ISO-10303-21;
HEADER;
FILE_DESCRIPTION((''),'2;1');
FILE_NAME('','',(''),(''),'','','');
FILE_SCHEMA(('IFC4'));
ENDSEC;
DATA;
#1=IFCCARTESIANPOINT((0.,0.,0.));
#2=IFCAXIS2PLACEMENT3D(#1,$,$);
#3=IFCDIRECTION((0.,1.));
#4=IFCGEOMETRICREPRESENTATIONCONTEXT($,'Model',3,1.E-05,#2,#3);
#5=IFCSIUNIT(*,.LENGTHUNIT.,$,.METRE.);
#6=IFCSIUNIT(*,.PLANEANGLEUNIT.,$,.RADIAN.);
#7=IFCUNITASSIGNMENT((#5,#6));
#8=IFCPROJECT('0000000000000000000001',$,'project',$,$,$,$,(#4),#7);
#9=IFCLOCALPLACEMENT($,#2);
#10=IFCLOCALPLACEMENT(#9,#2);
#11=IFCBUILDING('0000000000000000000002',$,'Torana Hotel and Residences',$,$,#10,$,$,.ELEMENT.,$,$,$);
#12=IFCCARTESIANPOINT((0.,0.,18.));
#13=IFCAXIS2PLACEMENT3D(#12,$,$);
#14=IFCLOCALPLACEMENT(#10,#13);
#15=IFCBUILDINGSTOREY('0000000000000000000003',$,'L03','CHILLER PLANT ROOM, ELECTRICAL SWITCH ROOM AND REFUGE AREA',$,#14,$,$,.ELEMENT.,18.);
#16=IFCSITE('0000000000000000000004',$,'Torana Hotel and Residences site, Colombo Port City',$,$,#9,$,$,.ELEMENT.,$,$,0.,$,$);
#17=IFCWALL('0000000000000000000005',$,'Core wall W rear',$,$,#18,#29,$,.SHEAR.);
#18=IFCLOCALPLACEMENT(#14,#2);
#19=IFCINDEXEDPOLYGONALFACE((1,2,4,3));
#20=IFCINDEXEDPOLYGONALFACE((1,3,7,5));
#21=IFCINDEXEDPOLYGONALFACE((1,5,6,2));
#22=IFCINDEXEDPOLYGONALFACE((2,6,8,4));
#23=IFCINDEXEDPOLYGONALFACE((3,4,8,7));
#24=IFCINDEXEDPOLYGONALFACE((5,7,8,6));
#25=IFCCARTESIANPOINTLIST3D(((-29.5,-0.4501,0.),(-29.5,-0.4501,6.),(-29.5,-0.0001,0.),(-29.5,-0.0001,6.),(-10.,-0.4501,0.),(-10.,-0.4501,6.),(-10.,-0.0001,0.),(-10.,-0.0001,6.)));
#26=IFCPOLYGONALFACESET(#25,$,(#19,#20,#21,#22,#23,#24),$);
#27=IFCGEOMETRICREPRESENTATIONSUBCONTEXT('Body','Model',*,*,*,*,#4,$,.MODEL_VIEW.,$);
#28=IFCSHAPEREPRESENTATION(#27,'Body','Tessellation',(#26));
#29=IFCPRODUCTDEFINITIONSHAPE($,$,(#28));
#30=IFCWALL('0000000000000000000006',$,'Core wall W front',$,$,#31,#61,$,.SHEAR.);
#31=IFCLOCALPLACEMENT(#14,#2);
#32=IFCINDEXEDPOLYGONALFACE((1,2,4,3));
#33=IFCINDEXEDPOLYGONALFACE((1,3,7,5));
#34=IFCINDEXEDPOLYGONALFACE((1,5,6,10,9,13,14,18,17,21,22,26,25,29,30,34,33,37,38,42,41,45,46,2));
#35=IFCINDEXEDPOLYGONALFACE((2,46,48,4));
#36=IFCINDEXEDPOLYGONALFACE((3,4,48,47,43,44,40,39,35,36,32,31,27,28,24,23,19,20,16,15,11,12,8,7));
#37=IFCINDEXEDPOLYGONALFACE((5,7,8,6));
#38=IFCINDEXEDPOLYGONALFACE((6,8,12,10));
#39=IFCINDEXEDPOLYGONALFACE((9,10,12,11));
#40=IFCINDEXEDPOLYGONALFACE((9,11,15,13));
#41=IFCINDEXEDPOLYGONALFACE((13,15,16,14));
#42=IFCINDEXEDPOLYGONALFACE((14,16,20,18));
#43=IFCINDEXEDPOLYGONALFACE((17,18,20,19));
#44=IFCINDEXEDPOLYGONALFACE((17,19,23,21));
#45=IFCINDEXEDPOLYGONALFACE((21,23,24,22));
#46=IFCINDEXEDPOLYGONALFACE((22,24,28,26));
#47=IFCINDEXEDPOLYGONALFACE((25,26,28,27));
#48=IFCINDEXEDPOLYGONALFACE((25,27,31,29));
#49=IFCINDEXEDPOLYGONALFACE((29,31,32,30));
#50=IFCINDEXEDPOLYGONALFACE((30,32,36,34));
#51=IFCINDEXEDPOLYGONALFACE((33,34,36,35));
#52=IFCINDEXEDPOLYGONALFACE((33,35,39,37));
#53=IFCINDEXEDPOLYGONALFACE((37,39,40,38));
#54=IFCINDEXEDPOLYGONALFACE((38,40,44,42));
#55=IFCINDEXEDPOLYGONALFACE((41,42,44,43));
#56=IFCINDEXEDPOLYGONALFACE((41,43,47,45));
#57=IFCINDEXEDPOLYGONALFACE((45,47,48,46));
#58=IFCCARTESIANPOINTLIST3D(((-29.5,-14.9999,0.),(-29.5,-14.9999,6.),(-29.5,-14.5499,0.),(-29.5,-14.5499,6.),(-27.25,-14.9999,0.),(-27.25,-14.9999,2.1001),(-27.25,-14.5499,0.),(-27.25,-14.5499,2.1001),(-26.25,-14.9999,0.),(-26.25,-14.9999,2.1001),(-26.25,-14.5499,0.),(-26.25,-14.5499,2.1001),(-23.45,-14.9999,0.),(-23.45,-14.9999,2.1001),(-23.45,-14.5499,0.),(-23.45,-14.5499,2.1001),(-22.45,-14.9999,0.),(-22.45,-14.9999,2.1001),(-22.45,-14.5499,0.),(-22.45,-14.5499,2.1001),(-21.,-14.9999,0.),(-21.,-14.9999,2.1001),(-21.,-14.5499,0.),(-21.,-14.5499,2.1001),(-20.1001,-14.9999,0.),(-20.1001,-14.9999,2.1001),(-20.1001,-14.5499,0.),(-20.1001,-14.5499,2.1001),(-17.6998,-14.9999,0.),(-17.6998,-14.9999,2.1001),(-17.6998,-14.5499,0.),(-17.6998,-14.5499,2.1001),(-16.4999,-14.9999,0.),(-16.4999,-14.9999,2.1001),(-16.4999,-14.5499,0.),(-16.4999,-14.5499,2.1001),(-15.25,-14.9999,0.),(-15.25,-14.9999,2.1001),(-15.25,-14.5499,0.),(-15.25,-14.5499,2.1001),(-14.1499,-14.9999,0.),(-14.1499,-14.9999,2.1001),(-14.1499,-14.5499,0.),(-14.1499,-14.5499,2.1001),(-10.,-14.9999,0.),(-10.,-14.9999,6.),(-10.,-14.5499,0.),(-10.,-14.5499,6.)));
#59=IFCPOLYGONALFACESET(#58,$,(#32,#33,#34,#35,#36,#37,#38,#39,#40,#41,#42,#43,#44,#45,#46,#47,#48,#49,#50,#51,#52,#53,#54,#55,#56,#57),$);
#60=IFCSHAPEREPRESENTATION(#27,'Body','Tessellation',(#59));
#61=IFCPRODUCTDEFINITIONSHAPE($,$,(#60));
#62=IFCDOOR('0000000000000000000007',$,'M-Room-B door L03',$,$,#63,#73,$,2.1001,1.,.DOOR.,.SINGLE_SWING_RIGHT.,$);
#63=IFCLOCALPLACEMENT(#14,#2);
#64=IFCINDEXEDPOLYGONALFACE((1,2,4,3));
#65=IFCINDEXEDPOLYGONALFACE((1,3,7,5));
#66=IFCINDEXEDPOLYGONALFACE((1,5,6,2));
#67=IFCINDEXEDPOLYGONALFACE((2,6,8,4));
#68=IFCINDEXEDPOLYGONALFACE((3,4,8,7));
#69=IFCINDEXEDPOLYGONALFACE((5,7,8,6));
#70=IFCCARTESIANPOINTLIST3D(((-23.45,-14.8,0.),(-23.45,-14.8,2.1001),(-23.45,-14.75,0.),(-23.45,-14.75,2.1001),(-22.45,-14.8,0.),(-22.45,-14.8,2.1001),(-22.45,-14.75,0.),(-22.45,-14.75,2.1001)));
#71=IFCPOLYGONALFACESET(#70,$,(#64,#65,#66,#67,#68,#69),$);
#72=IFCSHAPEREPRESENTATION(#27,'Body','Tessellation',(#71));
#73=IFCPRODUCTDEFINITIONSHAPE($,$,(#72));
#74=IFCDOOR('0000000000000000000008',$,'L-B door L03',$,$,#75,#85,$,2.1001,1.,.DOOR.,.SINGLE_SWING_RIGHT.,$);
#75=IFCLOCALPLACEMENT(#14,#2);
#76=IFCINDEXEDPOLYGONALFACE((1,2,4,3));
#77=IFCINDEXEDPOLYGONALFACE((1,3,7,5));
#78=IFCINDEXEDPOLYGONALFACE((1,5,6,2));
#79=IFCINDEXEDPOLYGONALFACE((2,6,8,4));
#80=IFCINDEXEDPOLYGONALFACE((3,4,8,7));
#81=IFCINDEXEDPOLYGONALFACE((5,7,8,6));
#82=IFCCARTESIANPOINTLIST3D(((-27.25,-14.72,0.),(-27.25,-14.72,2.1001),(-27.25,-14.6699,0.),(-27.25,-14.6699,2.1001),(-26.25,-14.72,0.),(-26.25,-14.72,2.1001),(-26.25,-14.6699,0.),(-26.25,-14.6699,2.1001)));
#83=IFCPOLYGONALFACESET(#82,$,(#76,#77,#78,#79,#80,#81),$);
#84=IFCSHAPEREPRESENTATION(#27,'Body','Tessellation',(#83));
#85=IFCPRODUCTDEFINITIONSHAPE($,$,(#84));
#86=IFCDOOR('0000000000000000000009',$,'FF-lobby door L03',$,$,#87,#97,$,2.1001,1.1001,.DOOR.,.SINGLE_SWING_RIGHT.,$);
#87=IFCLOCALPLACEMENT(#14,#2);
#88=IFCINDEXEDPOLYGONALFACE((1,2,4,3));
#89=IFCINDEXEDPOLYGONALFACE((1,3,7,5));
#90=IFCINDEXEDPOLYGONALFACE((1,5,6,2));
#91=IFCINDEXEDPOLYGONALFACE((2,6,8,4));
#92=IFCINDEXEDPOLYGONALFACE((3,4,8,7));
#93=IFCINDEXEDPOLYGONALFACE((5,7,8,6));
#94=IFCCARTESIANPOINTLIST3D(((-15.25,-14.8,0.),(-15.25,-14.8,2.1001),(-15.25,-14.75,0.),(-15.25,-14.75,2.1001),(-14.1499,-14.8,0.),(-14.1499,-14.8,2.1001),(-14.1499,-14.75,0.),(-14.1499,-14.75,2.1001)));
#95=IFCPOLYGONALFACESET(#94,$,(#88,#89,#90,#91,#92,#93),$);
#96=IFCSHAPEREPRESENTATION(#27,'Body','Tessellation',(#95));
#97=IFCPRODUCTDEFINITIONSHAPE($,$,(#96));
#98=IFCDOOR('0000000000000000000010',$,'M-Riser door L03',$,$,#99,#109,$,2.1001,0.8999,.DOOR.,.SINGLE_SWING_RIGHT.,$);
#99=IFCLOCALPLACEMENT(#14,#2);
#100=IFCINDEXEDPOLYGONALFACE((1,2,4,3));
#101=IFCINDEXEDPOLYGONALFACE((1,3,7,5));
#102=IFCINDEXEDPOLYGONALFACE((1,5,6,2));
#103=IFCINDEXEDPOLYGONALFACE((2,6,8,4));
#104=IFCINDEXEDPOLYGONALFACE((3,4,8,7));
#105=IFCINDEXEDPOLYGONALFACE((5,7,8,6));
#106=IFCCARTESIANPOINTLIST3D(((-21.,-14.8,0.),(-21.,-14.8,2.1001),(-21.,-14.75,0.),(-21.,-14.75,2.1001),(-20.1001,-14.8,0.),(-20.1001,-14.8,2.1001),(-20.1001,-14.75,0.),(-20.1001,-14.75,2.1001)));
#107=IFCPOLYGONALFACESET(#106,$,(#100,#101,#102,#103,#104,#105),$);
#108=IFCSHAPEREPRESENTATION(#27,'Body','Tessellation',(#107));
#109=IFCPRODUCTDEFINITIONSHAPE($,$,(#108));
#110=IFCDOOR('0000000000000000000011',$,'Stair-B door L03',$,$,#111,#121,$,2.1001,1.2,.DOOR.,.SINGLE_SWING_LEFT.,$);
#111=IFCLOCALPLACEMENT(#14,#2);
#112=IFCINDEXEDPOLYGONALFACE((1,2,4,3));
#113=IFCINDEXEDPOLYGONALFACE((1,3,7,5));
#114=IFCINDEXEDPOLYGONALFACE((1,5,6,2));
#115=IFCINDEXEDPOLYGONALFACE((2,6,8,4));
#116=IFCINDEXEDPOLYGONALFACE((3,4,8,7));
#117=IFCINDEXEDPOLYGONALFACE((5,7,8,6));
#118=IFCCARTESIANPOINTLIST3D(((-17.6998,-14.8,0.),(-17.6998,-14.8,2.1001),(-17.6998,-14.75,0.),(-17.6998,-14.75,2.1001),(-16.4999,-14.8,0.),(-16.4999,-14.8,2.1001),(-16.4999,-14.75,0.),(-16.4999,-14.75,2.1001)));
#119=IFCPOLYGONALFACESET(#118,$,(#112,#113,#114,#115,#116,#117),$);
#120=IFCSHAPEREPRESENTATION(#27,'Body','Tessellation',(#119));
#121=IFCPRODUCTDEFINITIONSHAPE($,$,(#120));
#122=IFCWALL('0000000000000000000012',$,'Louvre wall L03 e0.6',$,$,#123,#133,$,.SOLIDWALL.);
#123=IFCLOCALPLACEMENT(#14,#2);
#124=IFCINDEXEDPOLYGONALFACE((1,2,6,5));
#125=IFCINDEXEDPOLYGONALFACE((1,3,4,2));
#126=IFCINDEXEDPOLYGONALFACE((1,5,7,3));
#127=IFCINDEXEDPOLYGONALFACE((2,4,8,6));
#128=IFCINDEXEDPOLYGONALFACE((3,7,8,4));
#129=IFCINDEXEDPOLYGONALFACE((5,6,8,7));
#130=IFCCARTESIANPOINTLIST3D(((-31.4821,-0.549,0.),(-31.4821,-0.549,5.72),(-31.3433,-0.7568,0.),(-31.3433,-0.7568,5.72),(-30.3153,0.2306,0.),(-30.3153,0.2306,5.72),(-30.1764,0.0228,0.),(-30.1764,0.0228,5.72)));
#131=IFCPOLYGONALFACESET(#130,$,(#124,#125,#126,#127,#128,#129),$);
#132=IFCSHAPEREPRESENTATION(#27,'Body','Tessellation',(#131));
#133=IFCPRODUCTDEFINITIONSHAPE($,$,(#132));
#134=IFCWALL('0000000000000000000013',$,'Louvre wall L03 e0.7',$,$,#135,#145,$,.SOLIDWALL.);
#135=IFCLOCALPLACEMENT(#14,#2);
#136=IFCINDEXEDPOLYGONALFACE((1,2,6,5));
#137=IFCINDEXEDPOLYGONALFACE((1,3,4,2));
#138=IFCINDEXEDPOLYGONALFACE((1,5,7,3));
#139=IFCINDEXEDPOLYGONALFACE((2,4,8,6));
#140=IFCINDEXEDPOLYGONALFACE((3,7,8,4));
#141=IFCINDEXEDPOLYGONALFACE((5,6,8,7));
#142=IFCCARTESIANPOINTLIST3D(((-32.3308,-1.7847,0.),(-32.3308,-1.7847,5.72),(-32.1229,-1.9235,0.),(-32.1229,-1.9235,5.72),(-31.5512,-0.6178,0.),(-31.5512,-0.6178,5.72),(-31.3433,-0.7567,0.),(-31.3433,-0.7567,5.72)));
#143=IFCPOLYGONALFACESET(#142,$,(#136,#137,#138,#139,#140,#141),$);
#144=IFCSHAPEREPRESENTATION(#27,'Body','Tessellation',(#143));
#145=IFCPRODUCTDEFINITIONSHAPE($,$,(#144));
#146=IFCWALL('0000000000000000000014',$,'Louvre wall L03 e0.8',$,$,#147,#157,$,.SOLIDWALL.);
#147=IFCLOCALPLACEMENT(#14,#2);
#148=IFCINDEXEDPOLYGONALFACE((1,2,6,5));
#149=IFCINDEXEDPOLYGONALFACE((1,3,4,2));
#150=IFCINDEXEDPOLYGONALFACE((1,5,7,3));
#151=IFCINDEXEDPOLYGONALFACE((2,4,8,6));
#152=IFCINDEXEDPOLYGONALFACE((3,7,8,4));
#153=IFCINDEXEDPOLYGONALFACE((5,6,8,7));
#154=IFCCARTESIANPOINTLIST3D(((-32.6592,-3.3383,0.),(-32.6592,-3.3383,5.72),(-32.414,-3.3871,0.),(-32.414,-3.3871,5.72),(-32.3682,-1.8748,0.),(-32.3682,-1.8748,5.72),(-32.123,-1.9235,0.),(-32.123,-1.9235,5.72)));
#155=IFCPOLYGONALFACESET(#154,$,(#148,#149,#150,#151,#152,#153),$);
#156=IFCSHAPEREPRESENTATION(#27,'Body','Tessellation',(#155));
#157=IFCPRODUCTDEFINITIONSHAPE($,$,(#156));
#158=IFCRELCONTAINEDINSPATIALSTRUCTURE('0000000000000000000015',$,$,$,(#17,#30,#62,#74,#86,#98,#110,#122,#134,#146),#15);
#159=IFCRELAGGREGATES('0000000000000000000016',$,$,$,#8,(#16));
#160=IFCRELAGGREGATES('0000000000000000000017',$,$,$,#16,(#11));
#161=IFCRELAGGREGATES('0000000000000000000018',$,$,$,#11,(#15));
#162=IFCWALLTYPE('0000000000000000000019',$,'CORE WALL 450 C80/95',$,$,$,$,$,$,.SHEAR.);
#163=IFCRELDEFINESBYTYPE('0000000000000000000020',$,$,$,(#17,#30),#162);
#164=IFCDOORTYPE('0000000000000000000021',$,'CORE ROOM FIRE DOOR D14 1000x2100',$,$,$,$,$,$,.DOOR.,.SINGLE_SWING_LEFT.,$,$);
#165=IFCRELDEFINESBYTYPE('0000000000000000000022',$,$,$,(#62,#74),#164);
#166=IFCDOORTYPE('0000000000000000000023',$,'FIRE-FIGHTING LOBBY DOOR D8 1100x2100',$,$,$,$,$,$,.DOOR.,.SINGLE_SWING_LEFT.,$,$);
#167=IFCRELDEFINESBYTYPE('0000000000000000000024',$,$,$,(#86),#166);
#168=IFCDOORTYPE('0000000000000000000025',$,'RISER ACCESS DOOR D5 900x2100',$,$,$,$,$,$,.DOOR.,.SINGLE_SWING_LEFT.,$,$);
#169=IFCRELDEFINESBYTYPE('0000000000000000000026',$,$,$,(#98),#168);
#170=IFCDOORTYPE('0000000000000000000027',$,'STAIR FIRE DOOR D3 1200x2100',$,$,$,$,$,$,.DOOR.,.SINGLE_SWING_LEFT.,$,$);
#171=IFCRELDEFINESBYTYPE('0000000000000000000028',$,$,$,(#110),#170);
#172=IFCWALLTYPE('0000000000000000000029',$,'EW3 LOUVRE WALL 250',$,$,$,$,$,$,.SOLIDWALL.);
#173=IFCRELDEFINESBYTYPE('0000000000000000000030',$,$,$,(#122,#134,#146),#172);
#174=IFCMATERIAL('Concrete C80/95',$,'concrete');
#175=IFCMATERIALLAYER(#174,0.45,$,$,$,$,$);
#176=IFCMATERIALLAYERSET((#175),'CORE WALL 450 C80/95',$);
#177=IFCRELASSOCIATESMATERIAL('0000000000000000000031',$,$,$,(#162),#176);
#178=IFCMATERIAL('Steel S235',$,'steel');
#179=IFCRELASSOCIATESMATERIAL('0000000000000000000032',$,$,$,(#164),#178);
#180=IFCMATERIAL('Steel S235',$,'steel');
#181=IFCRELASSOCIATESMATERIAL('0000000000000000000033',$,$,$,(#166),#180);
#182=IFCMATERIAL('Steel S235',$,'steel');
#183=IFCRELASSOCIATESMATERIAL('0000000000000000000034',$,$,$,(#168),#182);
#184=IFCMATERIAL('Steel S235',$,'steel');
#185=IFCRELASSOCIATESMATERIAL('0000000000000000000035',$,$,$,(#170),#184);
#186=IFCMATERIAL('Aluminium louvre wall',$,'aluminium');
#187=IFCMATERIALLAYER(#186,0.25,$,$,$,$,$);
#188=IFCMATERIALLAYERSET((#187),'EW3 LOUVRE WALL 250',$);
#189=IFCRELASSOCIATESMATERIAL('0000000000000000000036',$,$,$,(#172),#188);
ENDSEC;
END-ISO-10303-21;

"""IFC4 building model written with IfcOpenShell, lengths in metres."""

from ifc_helpers import new_model, si_unit, direction, frame, frame_2d, origin, place, context, subcontext, project, spatial, rectangle, extrude, material, layer, layer_set, type_object, element, fill, save


model = new_model("IFC4")

# Units and contexts
model_context = context("Model", 3, precision=1e-05, world=origin(), true_north=direction((0.0, 1.0)))
body_context = subcontext(model_context, "Body", "Model", "MODEL_VIEW")
ifc_project = project(units=[si_unit("LENGTHUNIT", "METRE"), si_unit("PLANEANGLEUNIT", "RADIAN")], contexts=[model_context])

# Site, building, storey
site_placement = place(None, origin())
site = spatial("IfcSite", under=ifc_project, at=site_placement, Name="Torana Hotel and Residences site, Colombo Port City", CompositionType="ELEMENT", RefElevation=0.0)
building_placement = place(site_placement, origin())
building = spatial("IfcBuilding", under=site, at=building_placement, Name="Torana Hotel and Residences", CompositionType="ELEMENT")
storey_placement = place(building_placement, frame((0.0, 0.0, 18.0)))
storey = spatial("IfcBuildingStorey", under=building, at=storey_placement, Name="L03", Description="CHILLER PLANT ROOM, ELECTRICAL SWITCH ROOM AND REFUGE AREA", CompositionType="ELEMENT", Elevation=18.0)

# Wall
ifc_material_1 = material(Name="Concrete C80/95", Category="concrete")
ifc_layer_1 = layer(ifc_material_1, 0.45)
ifc_layer_set_1 = layer_set([ifc_layer_1], Name="CORE WALL 450 C80/95")
wall_type_1 = type_object("IfcWallType", Name="CORE WALL 450 C80/95", PredefinedType="SHEAR", material=ifc_layer_set_1)
wall_1_placement = place(storey_placement, frame((-29.5, -0.2251, 0.0), z_axis=(0.0, 0.0, 1.0), x_axis=(1.0, 0.0, 0.0)))
element("IfcWall", 1, at=wall_1_placement, inside=storey, type_object=wall_type_1, Name="Core wall W rear", PredefinedType="SHEAR", context=body_context, shape_type="SweptSolid", body=[
    extrude(rectangle(XDim=19.5, YDim=0.45, at=frame_2d((9.75, 0.0))), origin(), (0.0, 0.0, 1.0), 6.0),
])

# Wall, openings, doors
wall_2_placement = place(storey_placement, frame((-29.5, -14.7749, 0.0), z_axis=(0.0, 0.0, 1.0), x_axis=(1.0, 0.0, 0.0)))
wall_2 = element("IfcWall", 2, at=wall_2_placement, inside=storey, type_object=wall_type_1, Name="Core wall W front", PredefinedType="SHEAR", context=body_context, shape_type="SweptSolid", body=[
    extrude(rectangle(XDim=19.5, YDim=0.45, at=frame_2d((9.75, 0.0))), origin(), (0.0, 0.0, 1.0), 6.0),
])
opening_1_placement = place(wall_2_placement, frame((11.8, 0.0, 0.0)))
opening_1 = element("IfcOpeningElement", 3, at=opening_1_placement, cuts=wall_2, PredefinedType="OPENING", context=body_context, shape_type="SweptSolid", body=[
    extrude(rectangle(XDim=1.2, YDim=2.1001, at=frame_2d((0.6001, 1.05))), frame((0.0, 0.2349, 0.0), z_axis=(0.0, -1.0, 0.0), x_axis=(1.0, 0.0, 0.0)), (0.0, 0.0, 1.0), 0.47),
])
opening_2_placement = place(wall_2_placement, frame((14.25, 0.0, 0.0)))
opening_2 = element("IfcOpeningElement", 4, at=opening_2_placement, cuts=wall_2, PredefinedType="OPENING", context=body_context, shape_type="SweptSolid", body=[
    extrude(rectangle(XDim=1.1001, YDim=2.1001, at=frame_2d((0.55, 1.05))), frame((0.0, 0.2349, 0.0), z_axis=(0.0, -1.0, 0.0), x_axis=(1.0, 0.0, 0.0)), (0.0, 0.0, 1.0), 0.47),
])
opening_3_placement = place(wall_2_placement, frame((8.5, 0.0, 0.0)))
opening_3 = element("IfcOpeningElement", 5, at=opening_3_placement, cuts=wall_2, PredefinedType="OPENING", context=body_context, shape_type="SweptSolid", body=[
    extrude(rectangle(XDim=0.8999, YDim=2.1001, at=frame_2d((0.45, 1.05))), frame((0.0, 0.2349, 0.0), z_axis=(0.0, -1.0, 0.0), x_axis=(1.0, 0.0, 0.0)), (0.0, 0.0, 1.0), 0.47),
])
opening_4_placement = place(wall_2_placement, frame((6.05, 0.0, 0.0)))
opening_4 = element("IfcOpeningElement", 6, at=opening_4_placement, cuts=wall_2, PredefinedType="OPENING", context=body_context, shape_type="SweptSolid", body=[
    extrude(rectangle(XDim=1.0, YDim=2.1001, at=frame_2d((0.5, 1.05))), frame((0.0, 0.2349, 0.0), z_axis=(0.0, -1.0, 0.0), x_axis=(1.0, 0.0, 0.0)), (0.0, 0.0, 1.0), 0.47),
])
opening_5_placement = place(wall_2_placement, frame((2.25, 0.0, 0.0)))
opening_5 = element("IfcOpeningElement", 7, at=opening_5_placement, cuts=wall_2, PredefinedType="OPENING", context=body_context, shape_type="SweptSolid", body=[
    extrude(rectangle(XDim=1.0, YDim=2.1001, at=frame_2d((0.5, 1.05))), frame((0.0, 0.2349, 0.0), z_axis=(0.0, -1.0, 0.0), x_axis=(1.0, 0.0, 0.0)), (0.0, 0.0, 1.0), 0.47),
])
ifc_material_2 = material(Name="Steel S235", Category="steel")
door_type_1 = type_object("IfcDoorType", Name="CORE ROOM FIRE DOOR D14 1000x2100", OperationType="SINGLE_SWING_LEFT", PredefinedType="DOOR", material=ifc_material_2)
door_1_placement = place(opening_4_placement, origin())
door_1 = element("IfcDoor", 8, at=door_1_placement, inside=storey, type_object=door_type_1, Name="M-Room-B door L03", OperationType="SINGLE_SWING_RIGHT", OverallHeight=2.1001, OverallWidth=1.0, PredefinedType="DOOR", context=body_context, shape_type="SweptSolid", body=[
    extrude(rectangle(XDim=1.0, YDim=2.1001, at=frame_2d((0.5, 1.05))), frame((0.0, 0.0249, 0.0), z_axis=(0.0, -1.0, 0.0), x_axis=(1.0, 0.0, 0.0)), (0.0, 0.0, 1.0), 0.05),
])
fill(opening_4, door_1)
door_2_placement = place(opening_5_placement, origin())
door_2 = element("IfcDoor", 9, at=door_2_placement, inside=storey, type_object=door_type_1, Name="L-B door L03", OperationType="SINGLE_SWING_RIGHT", OverallHeight=2.1001, OverallWidth=1.0, PredefinedType="DOOR", context=body_context, shape_type="SweptSolid", body=[
    extrude(rectangle(XDim=1.0, YDim=2.1001, at=frame_2d((0.5, 1.05))), frame((0.0, 0.105, 0.0), z_axis=(0.0, -1.0, 0.0), x_axis=(1.0, 0.0, 0.0)), (0.0, 0.0, 1.0), 0.05),
])
fill(opening_5, door_2)
ifc_material_3 = material(Name="Steel S235", Category="steel")
door_type_2 = type_object("IfcDoorType", Name="FIRE-FIGHTING LOBBY DOOR D8 1100x2100", OperationType="SINGLE_SWING_LEFT", PredefinedType="DOOR", material=ifc_material_3)
door_3_placement = place(opening_2_placement, origin())
door_3 = element("IfcDoor", 10, at=door_3_placement, inside=storey, type_object=door_type_2, Name="FF-lobby door L03", OperationType="SINGLE_SWING_RIGHT", OverallHeight=2.1001, OverallWidth=1.1001, PredefinedType="DOOR", context=body_context, shape_type="SweptSolid", body=[
    extrude(rectangle(XDim=1.1001, YDim=2.1001, at=frame_2d((0.55, 1.05))), frame((0.0, 0.0249, 0.0), z_axis=(0.0, -1.0, 0.0), x_axis=(1.0, 0.0, 0.0)), (0.0, 0.0, 1.0), 0.05),
])
fill(opening_2, door_3)
ifc_material_4 = material(Name="Steel S235", Category="steel")
door_type_3 = type_object("IfcDoorType", Name="RISER ACCESS DOOR D5 900x2100", OperationType="SINGLE_SWING_LEFT", PredefinedType="DOOR", material=ifc_material_4)
door_4_placement = place(opening_3_placement, origin())
door_4 = element("IfcDoor", 11, at=door_4_placement, inside=storey, type_object=door_type_3, Name="M-Riser door L03", OperationType="SINGLE_SWING_RIGHT", OverallHeight=2.1001, OverallWidth=0.8999, PredefinedType="DOOR", context=body_context, shape_type="SweptSolid", body=[
    extrude(rectangle(XDim=0.8999, YDim=2.1001, at=frame_2d((0.45, 1.05))), frame((0.0, 0.0249, 0.0), z_axis=(0.0, -1.0, 0.0), x_axis=(1.0, 0.0, 0.0)), (0.0, 0.0, 1.0), 0.05),
])
fill(opening_3, door_4)
ifc_material_5 = material(Name="Steel S235", Category="steel")
door_type_4 = type_object("IfcDoorType", Name="STAIR FIRE DOOR D3 1200x2100", OperationType="SINGLE_SWING_LEFT", PredefinedType="DOOR", material=ifc_material_5)
door_5_placement = place(opening_1_placement, origin())
door_5 = element("IfcDoor", 12, at=door_5_placement, inside=storey, type_object=door_type_4, Name="Stair-B door L03", OperationType="SINGLE_SWING_LEFT", OverallHeight=2.1001, OverallWidth=1.2, PredefinedType="DOOR", context=body_context, shape_type="SweptSolid", body=[
    extrude(rectangle(XDim=1.2, YDim=2.1001, at=frame_2d((0.6001, 1.05))), frame((0.0, 0.0249, 0.0), z_axis=(0.0, -1.0, 0.0), x_axis=(1.0, 0.0, 0.0)), (0.0, 0.0, 1.0), 0.05),
])
fill(opening_1, door_5)

# Walls
ifc_material_6 = material(Name="Aluminium louvre wall", Category="aluminium")
ifc_layer_2 = layer(ifc_material_6, 0.25)
ifc_layer_set_2 = layer_set([ifc_layer_2], Name="EW3 LOUVRE WALL 250")
wall_type_2 = type_object("IfcWallType", Name="EW3 LOUVRE WALL 250", PredefinedType="SOLIDWALL", material=ifc_layer_set_2)
for number, where, z_axis, x_axis, name in (
    (13, (-30.2458, 0.1267, 0.0), (0.0, 0.0, 1.0), (-0.831488, -0.555543, 0.0), "Louvre wall L03 e0.6"),
    (14, (-31.4473, -0.6873, 0.0), (0.0, 0.0, 1.0), (-0.555543, -0.831488, 0.0), "Louvre wall L03 e0.7"),
):
    element("IfcWall", number, at=place(storey_placement, frame(where, z_axis=z_axis, x_axis=x_axis)), inside=storey, type_object=wall_type_2, Name=name, PredefinedType="SOLIDWALL", context=body_context, shape_type="SweptSolid", body=[
        extrude(rectangle(XDim=1.4033, YDim=0.25, at=frame_2d((0.7017, 0.0))), origin(), (0.0, 0.0, 1.0), 5.72),
    ])
wall_3_placement = place(storey_placement, frame((-32.2456, -1.8992, 0.0), z_axis=(0.0, 0.0, 1.0), x_axis=(-0.195015, -0.9808, 0.0)))
element("IfcWall", 15, at=wall_3_placement, inside=storey, type_object=wall_type_2, Name="Louvre wall L03 e0.8", PredefinedType="SOLIDWALL", context=body_context, shape_type="SweptSolid", body=[
    extrude(rectangle(XDim=1.4922, YDim=0.25, at=frame_2d((0.7461, 0.0))), origin(), (0.0, 0.0, 1.0), 5.72),
])

save(model, "model.ifc")
